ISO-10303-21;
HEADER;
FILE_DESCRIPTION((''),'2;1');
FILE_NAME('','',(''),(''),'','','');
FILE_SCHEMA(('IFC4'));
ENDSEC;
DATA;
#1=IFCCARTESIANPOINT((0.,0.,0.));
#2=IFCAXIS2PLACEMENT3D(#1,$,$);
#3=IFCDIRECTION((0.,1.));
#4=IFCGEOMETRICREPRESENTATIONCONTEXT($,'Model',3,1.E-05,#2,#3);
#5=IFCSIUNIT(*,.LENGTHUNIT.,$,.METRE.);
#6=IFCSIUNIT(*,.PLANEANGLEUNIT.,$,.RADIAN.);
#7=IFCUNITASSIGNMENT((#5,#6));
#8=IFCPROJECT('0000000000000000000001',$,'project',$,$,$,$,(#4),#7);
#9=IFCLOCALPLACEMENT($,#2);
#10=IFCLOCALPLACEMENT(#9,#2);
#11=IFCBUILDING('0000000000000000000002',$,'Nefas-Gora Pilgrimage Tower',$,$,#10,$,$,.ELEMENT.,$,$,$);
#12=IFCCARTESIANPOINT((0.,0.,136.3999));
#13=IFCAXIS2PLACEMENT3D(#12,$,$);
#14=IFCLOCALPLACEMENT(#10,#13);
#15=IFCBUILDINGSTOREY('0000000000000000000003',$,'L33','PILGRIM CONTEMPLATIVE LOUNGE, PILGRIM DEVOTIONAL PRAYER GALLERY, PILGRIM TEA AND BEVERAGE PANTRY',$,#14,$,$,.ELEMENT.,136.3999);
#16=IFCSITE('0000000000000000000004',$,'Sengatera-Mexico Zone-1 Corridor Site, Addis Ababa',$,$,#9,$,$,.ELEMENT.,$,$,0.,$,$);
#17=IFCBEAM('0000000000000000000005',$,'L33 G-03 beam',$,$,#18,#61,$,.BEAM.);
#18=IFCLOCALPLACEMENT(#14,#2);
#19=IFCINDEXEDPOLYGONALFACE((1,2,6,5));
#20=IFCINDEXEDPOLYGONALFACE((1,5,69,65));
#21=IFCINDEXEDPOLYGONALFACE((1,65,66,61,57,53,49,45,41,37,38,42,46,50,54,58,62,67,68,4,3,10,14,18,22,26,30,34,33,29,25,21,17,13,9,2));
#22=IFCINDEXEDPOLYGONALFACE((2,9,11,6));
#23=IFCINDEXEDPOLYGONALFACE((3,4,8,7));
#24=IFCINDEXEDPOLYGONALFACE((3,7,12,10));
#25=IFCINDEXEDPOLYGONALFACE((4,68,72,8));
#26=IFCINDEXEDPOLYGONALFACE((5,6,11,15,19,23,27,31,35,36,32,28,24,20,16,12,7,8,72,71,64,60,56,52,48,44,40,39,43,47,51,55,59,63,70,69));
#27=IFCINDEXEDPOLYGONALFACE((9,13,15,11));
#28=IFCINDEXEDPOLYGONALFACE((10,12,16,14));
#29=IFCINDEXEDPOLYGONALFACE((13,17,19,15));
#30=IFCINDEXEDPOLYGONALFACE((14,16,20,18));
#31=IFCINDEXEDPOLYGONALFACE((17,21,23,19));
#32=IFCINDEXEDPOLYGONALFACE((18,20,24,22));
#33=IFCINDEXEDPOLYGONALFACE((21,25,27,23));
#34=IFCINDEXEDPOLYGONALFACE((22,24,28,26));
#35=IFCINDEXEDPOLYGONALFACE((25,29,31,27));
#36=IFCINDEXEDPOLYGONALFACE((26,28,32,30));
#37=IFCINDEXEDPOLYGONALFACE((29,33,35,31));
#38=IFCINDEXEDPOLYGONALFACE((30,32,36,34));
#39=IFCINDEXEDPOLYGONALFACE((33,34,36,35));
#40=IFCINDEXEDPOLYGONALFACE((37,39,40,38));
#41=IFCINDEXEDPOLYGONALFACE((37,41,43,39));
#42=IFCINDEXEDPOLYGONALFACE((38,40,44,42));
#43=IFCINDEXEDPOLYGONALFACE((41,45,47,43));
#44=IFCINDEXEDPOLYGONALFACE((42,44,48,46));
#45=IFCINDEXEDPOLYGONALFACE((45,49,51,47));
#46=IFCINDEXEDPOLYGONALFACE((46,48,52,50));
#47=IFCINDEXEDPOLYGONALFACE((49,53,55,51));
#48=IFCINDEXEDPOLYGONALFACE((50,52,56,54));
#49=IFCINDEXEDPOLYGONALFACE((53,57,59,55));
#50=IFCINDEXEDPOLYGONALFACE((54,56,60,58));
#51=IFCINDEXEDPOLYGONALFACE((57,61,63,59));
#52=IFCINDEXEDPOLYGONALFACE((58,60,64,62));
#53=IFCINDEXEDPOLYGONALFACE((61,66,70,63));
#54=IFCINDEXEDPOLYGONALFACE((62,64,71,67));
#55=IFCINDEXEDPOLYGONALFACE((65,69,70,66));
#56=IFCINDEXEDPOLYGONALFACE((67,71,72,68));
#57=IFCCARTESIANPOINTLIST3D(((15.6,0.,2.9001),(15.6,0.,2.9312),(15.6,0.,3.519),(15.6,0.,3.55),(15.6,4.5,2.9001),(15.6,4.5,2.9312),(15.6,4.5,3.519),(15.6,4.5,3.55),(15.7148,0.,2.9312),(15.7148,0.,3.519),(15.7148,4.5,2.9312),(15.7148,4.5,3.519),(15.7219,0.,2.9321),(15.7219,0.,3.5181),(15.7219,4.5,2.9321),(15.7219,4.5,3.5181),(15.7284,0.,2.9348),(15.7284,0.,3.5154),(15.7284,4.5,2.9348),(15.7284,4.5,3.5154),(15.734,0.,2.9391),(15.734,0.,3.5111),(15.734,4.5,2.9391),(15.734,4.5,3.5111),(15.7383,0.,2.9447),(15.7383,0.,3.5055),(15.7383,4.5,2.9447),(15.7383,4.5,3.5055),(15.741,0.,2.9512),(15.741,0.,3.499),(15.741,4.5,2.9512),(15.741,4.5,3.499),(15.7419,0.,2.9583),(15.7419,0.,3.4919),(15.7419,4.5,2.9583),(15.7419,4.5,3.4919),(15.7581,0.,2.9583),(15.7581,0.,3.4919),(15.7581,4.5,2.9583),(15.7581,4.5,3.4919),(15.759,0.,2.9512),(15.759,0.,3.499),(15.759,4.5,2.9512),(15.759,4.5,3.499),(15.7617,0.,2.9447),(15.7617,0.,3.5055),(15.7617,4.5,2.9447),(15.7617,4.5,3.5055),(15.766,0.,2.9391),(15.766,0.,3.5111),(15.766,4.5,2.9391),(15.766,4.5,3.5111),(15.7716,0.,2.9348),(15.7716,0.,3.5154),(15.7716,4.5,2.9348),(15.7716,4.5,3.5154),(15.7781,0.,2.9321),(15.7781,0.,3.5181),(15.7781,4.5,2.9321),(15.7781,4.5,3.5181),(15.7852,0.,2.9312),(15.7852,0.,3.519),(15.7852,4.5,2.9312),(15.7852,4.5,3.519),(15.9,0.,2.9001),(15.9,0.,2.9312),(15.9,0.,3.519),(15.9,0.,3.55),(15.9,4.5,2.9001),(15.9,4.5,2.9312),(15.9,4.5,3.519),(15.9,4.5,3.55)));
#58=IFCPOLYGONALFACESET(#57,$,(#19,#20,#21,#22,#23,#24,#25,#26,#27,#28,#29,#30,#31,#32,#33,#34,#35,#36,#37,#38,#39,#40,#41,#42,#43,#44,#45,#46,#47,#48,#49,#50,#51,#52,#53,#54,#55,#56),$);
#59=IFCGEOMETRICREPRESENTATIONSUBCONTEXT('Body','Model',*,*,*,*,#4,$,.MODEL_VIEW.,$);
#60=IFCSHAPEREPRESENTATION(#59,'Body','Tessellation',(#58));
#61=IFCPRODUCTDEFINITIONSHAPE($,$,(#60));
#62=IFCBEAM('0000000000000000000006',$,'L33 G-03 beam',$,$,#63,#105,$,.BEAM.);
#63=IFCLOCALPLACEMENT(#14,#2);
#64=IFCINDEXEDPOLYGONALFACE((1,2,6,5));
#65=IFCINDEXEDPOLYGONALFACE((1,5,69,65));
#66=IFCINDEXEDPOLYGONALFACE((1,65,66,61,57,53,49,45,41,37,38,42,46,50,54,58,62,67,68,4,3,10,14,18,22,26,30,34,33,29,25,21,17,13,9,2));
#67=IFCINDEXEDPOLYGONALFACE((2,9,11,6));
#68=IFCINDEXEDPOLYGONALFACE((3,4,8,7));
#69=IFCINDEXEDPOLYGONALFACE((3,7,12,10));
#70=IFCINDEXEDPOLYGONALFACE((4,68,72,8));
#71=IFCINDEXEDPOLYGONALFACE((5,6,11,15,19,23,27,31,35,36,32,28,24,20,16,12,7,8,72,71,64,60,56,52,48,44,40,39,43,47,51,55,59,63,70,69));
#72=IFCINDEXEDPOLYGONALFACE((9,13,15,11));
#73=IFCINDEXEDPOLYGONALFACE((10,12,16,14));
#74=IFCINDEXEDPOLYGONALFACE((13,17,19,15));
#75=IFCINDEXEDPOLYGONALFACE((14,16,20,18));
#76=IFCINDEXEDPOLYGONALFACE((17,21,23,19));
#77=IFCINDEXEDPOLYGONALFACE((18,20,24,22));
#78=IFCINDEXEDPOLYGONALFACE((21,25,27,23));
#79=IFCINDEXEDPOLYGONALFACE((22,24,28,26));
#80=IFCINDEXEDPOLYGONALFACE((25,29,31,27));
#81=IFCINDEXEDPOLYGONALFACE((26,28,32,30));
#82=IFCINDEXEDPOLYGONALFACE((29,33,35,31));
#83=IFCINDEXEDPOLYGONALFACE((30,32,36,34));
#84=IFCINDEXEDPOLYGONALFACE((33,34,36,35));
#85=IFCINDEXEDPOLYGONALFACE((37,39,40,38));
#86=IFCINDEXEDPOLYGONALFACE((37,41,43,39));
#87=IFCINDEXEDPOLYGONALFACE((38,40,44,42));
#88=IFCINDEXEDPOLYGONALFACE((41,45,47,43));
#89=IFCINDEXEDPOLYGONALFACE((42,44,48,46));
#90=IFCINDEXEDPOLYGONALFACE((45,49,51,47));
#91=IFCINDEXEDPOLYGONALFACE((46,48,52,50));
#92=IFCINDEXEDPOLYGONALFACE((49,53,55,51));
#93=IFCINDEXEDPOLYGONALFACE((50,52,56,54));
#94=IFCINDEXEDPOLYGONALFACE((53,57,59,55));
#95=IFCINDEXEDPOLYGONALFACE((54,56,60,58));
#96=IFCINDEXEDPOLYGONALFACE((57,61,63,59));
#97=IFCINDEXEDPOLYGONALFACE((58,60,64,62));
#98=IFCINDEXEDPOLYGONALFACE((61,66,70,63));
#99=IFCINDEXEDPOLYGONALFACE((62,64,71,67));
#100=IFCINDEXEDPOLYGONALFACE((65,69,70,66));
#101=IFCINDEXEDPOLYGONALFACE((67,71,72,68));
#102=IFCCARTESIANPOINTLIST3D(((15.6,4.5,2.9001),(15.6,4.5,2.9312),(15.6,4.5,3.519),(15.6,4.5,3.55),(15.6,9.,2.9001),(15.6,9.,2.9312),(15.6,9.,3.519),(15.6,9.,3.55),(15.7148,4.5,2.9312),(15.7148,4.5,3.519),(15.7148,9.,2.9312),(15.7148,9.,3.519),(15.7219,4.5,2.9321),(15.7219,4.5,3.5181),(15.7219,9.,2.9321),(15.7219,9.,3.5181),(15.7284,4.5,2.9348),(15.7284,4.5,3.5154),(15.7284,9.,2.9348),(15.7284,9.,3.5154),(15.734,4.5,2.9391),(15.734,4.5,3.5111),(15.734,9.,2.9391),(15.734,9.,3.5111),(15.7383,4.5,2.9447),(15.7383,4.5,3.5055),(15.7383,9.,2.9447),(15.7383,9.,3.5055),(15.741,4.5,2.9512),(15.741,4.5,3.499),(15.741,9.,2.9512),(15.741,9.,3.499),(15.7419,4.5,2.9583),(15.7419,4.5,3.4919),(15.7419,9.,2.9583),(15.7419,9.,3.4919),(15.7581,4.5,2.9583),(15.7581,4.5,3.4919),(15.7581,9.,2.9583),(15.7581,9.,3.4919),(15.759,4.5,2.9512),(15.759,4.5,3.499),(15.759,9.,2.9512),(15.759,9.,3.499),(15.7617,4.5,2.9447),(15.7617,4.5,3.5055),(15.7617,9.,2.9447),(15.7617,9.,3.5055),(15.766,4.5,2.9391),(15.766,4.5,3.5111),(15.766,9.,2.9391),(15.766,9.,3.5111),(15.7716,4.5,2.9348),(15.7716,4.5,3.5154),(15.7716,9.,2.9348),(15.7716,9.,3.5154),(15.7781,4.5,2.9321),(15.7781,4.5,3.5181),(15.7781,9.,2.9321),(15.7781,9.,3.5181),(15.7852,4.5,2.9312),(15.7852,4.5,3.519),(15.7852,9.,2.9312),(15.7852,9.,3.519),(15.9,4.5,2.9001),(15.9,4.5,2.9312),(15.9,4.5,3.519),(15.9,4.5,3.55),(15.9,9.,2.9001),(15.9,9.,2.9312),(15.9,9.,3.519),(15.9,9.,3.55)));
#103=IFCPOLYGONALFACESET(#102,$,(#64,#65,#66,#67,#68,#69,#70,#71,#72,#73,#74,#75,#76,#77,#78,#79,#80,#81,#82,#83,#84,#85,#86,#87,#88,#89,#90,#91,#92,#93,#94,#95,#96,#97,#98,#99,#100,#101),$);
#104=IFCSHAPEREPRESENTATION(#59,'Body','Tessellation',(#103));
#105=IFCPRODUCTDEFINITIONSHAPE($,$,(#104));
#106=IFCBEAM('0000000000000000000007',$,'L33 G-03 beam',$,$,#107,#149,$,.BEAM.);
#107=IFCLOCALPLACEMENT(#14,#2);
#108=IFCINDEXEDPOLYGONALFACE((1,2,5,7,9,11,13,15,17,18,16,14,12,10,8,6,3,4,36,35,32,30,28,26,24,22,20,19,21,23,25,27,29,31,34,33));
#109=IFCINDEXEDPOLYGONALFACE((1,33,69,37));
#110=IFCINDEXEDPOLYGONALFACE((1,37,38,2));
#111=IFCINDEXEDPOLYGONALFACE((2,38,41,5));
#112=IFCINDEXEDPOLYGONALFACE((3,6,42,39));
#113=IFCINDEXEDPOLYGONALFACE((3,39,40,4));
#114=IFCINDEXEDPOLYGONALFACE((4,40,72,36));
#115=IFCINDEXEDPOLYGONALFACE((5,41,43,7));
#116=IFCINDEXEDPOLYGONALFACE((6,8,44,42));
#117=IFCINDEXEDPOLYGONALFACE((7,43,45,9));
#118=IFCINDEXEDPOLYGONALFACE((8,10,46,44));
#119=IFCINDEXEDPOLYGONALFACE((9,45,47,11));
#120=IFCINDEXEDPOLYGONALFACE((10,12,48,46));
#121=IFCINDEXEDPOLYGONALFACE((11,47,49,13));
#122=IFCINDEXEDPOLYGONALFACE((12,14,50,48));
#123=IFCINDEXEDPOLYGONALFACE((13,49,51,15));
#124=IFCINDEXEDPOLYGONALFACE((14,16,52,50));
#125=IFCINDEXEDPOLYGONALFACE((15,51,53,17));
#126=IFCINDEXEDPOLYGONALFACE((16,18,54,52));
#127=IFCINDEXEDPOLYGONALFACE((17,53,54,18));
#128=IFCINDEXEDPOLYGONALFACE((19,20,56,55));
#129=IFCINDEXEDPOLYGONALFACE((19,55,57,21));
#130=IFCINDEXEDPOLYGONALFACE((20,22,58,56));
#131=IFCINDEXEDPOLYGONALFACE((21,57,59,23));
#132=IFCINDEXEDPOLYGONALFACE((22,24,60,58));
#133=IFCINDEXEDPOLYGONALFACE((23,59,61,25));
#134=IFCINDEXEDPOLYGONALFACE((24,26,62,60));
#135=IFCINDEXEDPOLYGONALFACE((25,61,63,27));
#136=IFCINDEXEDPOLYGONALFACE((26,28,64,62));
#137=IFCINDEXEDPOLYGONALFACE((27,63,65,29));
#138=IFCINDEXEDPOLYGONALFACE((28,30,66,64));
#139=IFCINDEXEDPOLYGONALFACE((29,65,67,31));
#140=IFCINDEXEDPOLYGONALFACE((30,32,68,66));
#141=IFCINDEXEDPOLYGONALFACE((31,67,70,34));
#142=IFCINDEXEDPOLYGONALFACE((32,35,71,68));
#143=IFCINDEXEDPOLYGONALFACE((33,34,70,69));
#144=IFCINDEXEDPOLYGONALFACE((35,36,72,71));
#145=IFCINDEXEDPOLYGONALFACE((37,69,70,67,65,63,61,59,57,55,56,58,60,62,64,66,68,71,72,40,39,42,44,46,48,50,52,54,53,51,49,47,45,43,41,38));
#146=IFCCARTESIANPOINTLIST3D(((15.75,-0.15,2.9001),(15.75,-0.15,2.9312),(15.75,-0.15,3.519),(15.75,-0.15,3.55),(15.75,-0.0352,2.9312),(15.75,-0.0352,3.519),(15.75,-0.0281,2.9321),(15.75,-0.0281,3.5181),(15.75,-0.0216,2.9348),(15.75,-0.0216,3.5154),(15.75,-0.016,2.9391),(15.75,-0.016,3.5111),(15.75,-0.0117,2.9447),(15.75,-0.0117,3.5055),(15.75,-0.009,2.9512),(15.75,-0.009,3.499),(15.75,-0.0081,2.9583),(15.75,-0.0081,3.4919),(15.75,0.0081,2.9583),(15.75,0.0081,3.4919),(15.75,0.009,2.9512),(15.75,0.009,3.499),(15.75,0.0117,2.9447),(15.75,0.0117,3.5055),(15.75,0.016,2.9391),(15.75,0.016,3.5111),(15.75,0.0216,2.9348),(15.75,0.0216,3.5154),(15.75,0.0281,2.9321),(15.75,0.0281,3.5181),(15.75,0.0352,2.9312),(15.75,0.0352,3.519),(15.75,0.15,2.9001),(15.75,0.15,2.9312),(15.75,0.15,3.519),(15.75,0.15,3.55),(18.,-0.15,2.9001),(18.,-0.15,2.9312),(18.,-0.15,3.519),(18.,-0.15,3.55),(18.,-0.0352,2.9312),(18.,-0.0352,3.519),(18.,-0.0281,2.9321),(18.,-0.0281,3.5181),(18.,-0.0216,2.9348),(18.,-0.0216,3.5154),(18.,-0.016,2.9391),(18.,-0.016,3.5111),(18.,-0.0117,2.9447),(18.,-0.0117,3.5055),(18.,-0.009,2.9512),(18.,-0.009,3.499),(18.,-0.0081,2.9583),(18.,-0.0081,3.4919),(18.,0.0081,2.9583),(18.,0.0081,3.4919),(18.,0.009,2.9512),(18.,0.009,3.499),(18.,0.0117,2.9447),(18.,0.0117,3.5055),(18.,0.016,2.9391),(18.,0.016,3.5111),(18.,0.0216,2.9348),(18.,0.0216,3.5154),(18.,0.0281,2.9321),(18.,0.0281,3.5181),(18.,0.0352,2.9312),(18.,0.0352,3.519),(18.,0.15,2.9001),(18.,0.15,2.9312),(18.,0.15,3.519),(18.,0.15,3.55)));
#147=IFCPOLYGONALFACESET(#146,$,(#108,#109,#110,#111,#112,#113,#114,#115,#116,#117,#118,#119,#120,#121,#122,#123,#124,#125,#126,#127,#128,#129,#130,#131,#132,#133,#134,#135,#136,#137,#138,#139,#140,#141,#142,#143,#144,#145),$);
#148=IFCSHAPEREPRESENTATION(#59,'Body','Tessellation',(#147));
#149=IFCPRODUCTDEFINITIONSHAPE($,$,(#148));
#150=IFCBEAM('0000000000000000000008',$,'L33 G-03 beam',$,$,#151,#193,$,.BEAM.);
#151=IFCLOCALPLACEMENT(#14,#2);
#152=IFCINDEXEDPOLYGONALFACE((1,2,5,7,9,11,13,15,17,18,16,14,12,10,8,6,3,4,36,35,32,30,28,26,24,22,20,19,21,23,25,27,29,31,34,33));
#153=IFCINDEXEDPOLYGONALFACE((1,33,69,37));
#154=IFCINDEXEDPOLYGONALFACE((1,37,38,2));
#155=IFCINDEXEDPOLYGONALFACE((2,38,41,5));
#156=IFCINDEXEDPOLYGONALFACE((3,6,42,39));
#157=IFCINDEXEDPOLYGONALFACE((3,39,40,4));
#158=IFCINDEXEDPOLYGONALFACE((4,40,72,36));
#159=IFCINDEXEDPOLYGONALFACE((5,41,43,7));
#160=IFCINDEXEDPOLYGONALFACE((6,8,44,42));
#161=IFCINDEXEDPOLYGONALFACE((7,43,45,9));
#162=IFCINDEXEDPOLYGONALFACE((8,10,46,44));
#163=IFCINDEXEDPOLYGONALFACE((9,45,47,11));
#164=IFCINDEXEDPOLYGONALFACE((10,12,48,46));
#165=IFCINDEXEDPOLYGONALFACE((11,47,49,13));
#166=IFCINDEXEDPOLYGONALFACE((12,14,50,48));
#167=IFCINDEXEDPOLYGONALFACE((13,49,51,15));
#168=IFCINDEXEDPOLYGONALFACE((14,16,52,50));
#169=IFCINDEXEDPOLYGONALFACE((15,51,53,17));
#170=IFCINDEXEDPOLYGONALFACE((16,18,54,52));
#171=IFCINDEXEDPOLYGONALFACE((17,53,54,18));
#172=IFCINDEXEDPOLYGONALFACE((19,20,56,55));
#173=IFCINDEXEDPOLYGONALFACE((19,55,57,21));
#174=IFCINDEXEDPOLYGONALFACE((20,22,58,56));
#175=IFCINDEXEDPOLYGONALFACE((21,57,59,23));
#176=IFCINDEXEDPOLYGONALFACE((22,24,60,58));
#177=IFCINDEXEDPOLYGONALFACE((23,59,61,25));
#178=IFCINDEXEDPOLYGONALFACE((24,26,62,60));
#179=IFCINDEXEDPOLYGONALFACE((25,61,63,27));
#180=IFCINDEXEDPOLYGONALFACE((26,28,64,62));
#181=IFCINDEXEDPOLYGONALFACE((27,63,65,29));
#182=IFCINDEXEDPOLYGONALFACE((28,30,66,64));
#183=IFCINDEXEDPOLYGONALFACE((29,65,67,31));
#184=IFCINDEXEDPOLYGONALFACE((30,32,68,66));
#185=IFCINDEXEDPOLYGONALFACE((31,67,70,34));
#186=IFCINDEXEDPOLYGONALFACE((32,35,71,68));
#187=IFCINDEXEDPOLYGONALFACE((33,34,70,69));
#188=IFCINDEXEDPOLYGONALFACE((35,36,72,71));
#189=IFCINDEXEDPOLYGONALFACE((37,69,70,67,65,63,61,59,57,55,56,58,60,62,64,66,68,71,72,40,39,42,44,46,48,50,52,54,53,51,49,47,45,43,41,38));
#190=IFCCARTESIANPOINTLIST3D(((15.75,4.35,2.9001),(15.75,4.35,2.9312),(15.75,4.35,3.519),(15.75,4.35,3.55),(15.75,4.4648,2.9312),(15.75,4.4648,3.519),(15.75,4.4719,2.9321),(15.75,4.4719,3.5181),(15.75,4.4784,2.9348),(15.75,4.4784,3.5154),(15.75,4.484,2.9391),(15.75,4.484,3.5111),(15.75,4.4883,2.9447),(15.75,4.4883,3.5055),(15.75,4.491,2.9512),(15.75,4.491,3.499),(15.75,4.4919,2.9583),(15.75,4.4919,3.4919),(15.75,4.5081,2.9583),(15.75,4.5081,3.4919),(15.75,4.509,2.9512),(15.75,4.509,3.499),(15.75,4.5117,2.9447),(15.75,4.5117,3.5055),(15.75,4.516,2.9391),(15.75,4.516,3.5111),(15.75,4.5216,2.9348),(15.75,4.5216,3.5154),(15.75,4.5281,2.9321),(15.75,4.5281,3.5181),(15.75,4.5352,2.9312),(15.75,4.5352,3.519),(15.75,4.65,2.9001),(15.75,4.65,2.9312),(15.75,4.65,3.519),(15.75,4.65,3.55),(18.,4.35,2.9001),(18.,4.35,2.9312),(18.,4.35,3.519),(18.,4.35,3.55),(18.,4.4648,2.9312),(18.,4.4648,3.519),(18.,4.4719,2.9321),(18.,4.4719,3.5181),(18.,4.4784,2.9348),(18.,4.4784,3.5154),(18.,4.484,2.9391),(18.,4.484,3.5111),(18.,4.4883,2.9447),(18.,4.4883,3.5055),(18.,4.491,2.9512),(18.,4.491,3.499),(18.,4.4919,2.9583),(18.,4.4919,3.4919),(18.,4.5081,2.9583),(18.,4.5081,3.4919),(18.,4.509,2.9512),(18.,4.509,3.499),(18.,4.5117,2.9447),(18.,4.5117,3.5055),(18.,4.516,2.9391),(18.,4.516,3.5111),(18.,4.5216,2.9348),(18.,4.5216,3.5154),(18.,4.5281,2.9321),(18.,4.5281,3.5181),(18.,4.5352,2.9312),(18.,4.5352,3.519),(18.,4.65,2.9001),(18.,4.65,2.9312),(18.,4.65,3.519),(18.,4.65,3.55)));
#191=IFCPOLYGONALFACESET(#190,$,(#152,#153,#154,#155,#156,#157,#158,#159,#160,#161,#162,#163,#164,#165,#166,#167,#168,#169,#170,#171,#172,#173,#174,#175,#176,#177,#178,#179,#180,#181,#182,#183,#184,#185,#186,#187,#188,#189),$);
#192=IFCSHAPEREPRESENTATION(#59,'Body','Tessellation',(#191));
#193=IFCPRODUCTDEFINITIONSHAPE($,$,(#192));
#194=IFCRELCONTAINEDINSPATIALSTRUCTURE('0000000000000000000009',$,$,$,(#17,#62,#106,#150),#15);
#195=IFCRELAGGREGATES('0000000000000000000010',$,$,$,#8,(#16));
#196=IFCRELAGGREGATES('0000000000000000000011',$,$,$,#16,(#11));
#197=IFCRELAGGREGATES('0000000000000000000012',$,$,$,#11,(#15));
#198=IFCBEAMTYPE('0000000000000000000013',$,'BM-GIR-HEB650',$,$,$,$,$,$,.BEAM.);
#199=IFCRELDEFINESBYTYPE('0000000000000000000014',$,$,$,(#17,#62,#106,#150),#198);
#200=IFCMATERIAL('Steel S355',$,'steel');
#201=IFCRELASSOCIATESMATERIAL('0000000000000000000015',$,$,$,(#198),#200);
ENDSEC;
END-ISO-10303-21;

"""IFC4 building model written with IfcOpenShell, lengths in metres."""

from ifc_helpers import new_model, si_unit, direction, frame, origin, origin_2d, place, context, subcontext, project, spatial, i_section, extrude, source, transform, mapped, material, material_profile, profile_set, type_object, element, save


model = new_model("IFC4")

# Units and contexts
model_context = context("Model", 3, precision=1e-05, world=origin(), true_north=direction((0.0, 1.0)))
body_context = subcontext(model_context, "Body", "Model", "MODEL_VIEW")
ifc_project = project(units=[si_unit("LENGTHUNIT", "METRE"), si_unit("PLANEANGLEUNIT", "RADIAN")], contexts=[model_context])

# Site, building, storey
site_placement = place(None, origin())
site = spatial("IfcSite", under=ifc_project, at=site_placement, Name="Sengatera-Mexico Zone-1 Corridor Site, Addis Ababa", CompositionType="ELEMENT", RefElevation=0.0)
building_placement = place(site_placement, origin())
building = spatial("IfcBuilding", under=site, at=building_placement, Name="Nefas-Gora Pilgrimage Tower", CompositionType="ELEMENT")
storey_placement = place(building_placement, frame((0.0, 0.0, 136.3999)))
storey = spatial("IfcBuildingStorey", under=building, at=storey_placement, Name="L33", Description="PILGRIM CONTEMPLATIVE LOUNGE, PILGRIM DEVOTIONAL PRAYER GALLERY, PILGRIM TEA AND BEVERAGE PANTRY", CompositionType="ELEMENT", Elevation=136.3999)

# Beams
ifc_material_1 = material(Name="Steel S355", Category="steel")
ifc_material_profile_1 = material_profile(ifc_material_1, i_section(OverallWidth=0.3, OverallDepth=0.6499, WebThickness=0.0161, FlangeThickness=0.031, FilletRadius=0.0271, at=origin_2d()), Name="HEB 650")
ifc_profile_set_1 = profile_set([ifc_material_profile_1], Name="Steel S355")
beam_type = type_object("IfcBeamType", Name="BM-GIR-HEB650", PredefinedType="BEAM", material=ifc_profile_set_1)
shared_shape_1 = source(origin(), body_context, "Body", "SweptSolid", [
    extrude(i_section(OverallWidth=0.3, OverallDepth=0.6499, WebThickness=0.0161, FlangeThickness=0.031, FilletRadius=0.0271, at=origin_2d()), origin(), (0.0, 0.0, 1.0), 4.5),
])
for number, where, z_axis, x_axis, name in (
    (1, (15.75, 0.0, 3.2251), (0.0, 1.0, 0.0), (-1.0, 0.0, 0.0), "L33 G-03 beam"),
    (2, (15.75, 4.5, 3.2251), (0.0, 1.0, 0.0), (-1.0, 0.0, 0.0), "L33 G-03 beam"),
):
    element("IfcBeam", number, at=place(storey_placement, frame(where, z_axis=z_axis, x_axis=x_axis)), inside=storey, type_object=beam_type, Name=name, PredefinedType="BEAM", context=body_context, shape_type="MappedRepresentation", body=[
        mapped(shared_shape_1, transform((0.0, 0.0, 0.0), x_axis=(1.0, 0.0, 0.0), y_axis=(0.0, 1.0, 0.0), z_axis=(0.0, 0.0, 1.0), scale=1.0)),
    ])
shared_shape_2 = source(origin(), body_context, "Body", "SweptSolid", [
    extrude(i_section(OverallWidth=0.3, OverallDepth=0.6499, WebThickness=0.0161, FlangeThickness=0.031, FilletRadius=0.0271, at=origin_2d()), origin(), (0.0, 0.0, 1.0), 2.25),
])
for number, where, z_axis, x_axis, name in (
    (3, (15.75, 0.0, 3.2251), (1.0, 0.0, 0.0), (0.0, 1.0, 0.0), "L33 G-03 beam"),
    (4, (15.75, 4.5, 3.2251), (1.0, 0.0, 0.0), (0.0, 1.0, 0.0), "L33 G-03 beam"),
):
    element("IfcBeam", number, at=place(storey_placement, frame(where, z_axis=z_axis, x_axis=x_axis)), inside=storey, type_object=beam_type, Name=name, PredefinedType="BEAM", context=body_context, shape_type="MappedRepresentation", body=[
        mapped(shared_shape_2, transform((0.0, 0.0, 0.0), x_axis=(1.0, 0.0, 0.0), y_axis=(0.0, 1.0, 0.0), z_axis=(0.0, 0.0, 1.0), scale=1.0)),
    ])

save(model, "model.ifc")
